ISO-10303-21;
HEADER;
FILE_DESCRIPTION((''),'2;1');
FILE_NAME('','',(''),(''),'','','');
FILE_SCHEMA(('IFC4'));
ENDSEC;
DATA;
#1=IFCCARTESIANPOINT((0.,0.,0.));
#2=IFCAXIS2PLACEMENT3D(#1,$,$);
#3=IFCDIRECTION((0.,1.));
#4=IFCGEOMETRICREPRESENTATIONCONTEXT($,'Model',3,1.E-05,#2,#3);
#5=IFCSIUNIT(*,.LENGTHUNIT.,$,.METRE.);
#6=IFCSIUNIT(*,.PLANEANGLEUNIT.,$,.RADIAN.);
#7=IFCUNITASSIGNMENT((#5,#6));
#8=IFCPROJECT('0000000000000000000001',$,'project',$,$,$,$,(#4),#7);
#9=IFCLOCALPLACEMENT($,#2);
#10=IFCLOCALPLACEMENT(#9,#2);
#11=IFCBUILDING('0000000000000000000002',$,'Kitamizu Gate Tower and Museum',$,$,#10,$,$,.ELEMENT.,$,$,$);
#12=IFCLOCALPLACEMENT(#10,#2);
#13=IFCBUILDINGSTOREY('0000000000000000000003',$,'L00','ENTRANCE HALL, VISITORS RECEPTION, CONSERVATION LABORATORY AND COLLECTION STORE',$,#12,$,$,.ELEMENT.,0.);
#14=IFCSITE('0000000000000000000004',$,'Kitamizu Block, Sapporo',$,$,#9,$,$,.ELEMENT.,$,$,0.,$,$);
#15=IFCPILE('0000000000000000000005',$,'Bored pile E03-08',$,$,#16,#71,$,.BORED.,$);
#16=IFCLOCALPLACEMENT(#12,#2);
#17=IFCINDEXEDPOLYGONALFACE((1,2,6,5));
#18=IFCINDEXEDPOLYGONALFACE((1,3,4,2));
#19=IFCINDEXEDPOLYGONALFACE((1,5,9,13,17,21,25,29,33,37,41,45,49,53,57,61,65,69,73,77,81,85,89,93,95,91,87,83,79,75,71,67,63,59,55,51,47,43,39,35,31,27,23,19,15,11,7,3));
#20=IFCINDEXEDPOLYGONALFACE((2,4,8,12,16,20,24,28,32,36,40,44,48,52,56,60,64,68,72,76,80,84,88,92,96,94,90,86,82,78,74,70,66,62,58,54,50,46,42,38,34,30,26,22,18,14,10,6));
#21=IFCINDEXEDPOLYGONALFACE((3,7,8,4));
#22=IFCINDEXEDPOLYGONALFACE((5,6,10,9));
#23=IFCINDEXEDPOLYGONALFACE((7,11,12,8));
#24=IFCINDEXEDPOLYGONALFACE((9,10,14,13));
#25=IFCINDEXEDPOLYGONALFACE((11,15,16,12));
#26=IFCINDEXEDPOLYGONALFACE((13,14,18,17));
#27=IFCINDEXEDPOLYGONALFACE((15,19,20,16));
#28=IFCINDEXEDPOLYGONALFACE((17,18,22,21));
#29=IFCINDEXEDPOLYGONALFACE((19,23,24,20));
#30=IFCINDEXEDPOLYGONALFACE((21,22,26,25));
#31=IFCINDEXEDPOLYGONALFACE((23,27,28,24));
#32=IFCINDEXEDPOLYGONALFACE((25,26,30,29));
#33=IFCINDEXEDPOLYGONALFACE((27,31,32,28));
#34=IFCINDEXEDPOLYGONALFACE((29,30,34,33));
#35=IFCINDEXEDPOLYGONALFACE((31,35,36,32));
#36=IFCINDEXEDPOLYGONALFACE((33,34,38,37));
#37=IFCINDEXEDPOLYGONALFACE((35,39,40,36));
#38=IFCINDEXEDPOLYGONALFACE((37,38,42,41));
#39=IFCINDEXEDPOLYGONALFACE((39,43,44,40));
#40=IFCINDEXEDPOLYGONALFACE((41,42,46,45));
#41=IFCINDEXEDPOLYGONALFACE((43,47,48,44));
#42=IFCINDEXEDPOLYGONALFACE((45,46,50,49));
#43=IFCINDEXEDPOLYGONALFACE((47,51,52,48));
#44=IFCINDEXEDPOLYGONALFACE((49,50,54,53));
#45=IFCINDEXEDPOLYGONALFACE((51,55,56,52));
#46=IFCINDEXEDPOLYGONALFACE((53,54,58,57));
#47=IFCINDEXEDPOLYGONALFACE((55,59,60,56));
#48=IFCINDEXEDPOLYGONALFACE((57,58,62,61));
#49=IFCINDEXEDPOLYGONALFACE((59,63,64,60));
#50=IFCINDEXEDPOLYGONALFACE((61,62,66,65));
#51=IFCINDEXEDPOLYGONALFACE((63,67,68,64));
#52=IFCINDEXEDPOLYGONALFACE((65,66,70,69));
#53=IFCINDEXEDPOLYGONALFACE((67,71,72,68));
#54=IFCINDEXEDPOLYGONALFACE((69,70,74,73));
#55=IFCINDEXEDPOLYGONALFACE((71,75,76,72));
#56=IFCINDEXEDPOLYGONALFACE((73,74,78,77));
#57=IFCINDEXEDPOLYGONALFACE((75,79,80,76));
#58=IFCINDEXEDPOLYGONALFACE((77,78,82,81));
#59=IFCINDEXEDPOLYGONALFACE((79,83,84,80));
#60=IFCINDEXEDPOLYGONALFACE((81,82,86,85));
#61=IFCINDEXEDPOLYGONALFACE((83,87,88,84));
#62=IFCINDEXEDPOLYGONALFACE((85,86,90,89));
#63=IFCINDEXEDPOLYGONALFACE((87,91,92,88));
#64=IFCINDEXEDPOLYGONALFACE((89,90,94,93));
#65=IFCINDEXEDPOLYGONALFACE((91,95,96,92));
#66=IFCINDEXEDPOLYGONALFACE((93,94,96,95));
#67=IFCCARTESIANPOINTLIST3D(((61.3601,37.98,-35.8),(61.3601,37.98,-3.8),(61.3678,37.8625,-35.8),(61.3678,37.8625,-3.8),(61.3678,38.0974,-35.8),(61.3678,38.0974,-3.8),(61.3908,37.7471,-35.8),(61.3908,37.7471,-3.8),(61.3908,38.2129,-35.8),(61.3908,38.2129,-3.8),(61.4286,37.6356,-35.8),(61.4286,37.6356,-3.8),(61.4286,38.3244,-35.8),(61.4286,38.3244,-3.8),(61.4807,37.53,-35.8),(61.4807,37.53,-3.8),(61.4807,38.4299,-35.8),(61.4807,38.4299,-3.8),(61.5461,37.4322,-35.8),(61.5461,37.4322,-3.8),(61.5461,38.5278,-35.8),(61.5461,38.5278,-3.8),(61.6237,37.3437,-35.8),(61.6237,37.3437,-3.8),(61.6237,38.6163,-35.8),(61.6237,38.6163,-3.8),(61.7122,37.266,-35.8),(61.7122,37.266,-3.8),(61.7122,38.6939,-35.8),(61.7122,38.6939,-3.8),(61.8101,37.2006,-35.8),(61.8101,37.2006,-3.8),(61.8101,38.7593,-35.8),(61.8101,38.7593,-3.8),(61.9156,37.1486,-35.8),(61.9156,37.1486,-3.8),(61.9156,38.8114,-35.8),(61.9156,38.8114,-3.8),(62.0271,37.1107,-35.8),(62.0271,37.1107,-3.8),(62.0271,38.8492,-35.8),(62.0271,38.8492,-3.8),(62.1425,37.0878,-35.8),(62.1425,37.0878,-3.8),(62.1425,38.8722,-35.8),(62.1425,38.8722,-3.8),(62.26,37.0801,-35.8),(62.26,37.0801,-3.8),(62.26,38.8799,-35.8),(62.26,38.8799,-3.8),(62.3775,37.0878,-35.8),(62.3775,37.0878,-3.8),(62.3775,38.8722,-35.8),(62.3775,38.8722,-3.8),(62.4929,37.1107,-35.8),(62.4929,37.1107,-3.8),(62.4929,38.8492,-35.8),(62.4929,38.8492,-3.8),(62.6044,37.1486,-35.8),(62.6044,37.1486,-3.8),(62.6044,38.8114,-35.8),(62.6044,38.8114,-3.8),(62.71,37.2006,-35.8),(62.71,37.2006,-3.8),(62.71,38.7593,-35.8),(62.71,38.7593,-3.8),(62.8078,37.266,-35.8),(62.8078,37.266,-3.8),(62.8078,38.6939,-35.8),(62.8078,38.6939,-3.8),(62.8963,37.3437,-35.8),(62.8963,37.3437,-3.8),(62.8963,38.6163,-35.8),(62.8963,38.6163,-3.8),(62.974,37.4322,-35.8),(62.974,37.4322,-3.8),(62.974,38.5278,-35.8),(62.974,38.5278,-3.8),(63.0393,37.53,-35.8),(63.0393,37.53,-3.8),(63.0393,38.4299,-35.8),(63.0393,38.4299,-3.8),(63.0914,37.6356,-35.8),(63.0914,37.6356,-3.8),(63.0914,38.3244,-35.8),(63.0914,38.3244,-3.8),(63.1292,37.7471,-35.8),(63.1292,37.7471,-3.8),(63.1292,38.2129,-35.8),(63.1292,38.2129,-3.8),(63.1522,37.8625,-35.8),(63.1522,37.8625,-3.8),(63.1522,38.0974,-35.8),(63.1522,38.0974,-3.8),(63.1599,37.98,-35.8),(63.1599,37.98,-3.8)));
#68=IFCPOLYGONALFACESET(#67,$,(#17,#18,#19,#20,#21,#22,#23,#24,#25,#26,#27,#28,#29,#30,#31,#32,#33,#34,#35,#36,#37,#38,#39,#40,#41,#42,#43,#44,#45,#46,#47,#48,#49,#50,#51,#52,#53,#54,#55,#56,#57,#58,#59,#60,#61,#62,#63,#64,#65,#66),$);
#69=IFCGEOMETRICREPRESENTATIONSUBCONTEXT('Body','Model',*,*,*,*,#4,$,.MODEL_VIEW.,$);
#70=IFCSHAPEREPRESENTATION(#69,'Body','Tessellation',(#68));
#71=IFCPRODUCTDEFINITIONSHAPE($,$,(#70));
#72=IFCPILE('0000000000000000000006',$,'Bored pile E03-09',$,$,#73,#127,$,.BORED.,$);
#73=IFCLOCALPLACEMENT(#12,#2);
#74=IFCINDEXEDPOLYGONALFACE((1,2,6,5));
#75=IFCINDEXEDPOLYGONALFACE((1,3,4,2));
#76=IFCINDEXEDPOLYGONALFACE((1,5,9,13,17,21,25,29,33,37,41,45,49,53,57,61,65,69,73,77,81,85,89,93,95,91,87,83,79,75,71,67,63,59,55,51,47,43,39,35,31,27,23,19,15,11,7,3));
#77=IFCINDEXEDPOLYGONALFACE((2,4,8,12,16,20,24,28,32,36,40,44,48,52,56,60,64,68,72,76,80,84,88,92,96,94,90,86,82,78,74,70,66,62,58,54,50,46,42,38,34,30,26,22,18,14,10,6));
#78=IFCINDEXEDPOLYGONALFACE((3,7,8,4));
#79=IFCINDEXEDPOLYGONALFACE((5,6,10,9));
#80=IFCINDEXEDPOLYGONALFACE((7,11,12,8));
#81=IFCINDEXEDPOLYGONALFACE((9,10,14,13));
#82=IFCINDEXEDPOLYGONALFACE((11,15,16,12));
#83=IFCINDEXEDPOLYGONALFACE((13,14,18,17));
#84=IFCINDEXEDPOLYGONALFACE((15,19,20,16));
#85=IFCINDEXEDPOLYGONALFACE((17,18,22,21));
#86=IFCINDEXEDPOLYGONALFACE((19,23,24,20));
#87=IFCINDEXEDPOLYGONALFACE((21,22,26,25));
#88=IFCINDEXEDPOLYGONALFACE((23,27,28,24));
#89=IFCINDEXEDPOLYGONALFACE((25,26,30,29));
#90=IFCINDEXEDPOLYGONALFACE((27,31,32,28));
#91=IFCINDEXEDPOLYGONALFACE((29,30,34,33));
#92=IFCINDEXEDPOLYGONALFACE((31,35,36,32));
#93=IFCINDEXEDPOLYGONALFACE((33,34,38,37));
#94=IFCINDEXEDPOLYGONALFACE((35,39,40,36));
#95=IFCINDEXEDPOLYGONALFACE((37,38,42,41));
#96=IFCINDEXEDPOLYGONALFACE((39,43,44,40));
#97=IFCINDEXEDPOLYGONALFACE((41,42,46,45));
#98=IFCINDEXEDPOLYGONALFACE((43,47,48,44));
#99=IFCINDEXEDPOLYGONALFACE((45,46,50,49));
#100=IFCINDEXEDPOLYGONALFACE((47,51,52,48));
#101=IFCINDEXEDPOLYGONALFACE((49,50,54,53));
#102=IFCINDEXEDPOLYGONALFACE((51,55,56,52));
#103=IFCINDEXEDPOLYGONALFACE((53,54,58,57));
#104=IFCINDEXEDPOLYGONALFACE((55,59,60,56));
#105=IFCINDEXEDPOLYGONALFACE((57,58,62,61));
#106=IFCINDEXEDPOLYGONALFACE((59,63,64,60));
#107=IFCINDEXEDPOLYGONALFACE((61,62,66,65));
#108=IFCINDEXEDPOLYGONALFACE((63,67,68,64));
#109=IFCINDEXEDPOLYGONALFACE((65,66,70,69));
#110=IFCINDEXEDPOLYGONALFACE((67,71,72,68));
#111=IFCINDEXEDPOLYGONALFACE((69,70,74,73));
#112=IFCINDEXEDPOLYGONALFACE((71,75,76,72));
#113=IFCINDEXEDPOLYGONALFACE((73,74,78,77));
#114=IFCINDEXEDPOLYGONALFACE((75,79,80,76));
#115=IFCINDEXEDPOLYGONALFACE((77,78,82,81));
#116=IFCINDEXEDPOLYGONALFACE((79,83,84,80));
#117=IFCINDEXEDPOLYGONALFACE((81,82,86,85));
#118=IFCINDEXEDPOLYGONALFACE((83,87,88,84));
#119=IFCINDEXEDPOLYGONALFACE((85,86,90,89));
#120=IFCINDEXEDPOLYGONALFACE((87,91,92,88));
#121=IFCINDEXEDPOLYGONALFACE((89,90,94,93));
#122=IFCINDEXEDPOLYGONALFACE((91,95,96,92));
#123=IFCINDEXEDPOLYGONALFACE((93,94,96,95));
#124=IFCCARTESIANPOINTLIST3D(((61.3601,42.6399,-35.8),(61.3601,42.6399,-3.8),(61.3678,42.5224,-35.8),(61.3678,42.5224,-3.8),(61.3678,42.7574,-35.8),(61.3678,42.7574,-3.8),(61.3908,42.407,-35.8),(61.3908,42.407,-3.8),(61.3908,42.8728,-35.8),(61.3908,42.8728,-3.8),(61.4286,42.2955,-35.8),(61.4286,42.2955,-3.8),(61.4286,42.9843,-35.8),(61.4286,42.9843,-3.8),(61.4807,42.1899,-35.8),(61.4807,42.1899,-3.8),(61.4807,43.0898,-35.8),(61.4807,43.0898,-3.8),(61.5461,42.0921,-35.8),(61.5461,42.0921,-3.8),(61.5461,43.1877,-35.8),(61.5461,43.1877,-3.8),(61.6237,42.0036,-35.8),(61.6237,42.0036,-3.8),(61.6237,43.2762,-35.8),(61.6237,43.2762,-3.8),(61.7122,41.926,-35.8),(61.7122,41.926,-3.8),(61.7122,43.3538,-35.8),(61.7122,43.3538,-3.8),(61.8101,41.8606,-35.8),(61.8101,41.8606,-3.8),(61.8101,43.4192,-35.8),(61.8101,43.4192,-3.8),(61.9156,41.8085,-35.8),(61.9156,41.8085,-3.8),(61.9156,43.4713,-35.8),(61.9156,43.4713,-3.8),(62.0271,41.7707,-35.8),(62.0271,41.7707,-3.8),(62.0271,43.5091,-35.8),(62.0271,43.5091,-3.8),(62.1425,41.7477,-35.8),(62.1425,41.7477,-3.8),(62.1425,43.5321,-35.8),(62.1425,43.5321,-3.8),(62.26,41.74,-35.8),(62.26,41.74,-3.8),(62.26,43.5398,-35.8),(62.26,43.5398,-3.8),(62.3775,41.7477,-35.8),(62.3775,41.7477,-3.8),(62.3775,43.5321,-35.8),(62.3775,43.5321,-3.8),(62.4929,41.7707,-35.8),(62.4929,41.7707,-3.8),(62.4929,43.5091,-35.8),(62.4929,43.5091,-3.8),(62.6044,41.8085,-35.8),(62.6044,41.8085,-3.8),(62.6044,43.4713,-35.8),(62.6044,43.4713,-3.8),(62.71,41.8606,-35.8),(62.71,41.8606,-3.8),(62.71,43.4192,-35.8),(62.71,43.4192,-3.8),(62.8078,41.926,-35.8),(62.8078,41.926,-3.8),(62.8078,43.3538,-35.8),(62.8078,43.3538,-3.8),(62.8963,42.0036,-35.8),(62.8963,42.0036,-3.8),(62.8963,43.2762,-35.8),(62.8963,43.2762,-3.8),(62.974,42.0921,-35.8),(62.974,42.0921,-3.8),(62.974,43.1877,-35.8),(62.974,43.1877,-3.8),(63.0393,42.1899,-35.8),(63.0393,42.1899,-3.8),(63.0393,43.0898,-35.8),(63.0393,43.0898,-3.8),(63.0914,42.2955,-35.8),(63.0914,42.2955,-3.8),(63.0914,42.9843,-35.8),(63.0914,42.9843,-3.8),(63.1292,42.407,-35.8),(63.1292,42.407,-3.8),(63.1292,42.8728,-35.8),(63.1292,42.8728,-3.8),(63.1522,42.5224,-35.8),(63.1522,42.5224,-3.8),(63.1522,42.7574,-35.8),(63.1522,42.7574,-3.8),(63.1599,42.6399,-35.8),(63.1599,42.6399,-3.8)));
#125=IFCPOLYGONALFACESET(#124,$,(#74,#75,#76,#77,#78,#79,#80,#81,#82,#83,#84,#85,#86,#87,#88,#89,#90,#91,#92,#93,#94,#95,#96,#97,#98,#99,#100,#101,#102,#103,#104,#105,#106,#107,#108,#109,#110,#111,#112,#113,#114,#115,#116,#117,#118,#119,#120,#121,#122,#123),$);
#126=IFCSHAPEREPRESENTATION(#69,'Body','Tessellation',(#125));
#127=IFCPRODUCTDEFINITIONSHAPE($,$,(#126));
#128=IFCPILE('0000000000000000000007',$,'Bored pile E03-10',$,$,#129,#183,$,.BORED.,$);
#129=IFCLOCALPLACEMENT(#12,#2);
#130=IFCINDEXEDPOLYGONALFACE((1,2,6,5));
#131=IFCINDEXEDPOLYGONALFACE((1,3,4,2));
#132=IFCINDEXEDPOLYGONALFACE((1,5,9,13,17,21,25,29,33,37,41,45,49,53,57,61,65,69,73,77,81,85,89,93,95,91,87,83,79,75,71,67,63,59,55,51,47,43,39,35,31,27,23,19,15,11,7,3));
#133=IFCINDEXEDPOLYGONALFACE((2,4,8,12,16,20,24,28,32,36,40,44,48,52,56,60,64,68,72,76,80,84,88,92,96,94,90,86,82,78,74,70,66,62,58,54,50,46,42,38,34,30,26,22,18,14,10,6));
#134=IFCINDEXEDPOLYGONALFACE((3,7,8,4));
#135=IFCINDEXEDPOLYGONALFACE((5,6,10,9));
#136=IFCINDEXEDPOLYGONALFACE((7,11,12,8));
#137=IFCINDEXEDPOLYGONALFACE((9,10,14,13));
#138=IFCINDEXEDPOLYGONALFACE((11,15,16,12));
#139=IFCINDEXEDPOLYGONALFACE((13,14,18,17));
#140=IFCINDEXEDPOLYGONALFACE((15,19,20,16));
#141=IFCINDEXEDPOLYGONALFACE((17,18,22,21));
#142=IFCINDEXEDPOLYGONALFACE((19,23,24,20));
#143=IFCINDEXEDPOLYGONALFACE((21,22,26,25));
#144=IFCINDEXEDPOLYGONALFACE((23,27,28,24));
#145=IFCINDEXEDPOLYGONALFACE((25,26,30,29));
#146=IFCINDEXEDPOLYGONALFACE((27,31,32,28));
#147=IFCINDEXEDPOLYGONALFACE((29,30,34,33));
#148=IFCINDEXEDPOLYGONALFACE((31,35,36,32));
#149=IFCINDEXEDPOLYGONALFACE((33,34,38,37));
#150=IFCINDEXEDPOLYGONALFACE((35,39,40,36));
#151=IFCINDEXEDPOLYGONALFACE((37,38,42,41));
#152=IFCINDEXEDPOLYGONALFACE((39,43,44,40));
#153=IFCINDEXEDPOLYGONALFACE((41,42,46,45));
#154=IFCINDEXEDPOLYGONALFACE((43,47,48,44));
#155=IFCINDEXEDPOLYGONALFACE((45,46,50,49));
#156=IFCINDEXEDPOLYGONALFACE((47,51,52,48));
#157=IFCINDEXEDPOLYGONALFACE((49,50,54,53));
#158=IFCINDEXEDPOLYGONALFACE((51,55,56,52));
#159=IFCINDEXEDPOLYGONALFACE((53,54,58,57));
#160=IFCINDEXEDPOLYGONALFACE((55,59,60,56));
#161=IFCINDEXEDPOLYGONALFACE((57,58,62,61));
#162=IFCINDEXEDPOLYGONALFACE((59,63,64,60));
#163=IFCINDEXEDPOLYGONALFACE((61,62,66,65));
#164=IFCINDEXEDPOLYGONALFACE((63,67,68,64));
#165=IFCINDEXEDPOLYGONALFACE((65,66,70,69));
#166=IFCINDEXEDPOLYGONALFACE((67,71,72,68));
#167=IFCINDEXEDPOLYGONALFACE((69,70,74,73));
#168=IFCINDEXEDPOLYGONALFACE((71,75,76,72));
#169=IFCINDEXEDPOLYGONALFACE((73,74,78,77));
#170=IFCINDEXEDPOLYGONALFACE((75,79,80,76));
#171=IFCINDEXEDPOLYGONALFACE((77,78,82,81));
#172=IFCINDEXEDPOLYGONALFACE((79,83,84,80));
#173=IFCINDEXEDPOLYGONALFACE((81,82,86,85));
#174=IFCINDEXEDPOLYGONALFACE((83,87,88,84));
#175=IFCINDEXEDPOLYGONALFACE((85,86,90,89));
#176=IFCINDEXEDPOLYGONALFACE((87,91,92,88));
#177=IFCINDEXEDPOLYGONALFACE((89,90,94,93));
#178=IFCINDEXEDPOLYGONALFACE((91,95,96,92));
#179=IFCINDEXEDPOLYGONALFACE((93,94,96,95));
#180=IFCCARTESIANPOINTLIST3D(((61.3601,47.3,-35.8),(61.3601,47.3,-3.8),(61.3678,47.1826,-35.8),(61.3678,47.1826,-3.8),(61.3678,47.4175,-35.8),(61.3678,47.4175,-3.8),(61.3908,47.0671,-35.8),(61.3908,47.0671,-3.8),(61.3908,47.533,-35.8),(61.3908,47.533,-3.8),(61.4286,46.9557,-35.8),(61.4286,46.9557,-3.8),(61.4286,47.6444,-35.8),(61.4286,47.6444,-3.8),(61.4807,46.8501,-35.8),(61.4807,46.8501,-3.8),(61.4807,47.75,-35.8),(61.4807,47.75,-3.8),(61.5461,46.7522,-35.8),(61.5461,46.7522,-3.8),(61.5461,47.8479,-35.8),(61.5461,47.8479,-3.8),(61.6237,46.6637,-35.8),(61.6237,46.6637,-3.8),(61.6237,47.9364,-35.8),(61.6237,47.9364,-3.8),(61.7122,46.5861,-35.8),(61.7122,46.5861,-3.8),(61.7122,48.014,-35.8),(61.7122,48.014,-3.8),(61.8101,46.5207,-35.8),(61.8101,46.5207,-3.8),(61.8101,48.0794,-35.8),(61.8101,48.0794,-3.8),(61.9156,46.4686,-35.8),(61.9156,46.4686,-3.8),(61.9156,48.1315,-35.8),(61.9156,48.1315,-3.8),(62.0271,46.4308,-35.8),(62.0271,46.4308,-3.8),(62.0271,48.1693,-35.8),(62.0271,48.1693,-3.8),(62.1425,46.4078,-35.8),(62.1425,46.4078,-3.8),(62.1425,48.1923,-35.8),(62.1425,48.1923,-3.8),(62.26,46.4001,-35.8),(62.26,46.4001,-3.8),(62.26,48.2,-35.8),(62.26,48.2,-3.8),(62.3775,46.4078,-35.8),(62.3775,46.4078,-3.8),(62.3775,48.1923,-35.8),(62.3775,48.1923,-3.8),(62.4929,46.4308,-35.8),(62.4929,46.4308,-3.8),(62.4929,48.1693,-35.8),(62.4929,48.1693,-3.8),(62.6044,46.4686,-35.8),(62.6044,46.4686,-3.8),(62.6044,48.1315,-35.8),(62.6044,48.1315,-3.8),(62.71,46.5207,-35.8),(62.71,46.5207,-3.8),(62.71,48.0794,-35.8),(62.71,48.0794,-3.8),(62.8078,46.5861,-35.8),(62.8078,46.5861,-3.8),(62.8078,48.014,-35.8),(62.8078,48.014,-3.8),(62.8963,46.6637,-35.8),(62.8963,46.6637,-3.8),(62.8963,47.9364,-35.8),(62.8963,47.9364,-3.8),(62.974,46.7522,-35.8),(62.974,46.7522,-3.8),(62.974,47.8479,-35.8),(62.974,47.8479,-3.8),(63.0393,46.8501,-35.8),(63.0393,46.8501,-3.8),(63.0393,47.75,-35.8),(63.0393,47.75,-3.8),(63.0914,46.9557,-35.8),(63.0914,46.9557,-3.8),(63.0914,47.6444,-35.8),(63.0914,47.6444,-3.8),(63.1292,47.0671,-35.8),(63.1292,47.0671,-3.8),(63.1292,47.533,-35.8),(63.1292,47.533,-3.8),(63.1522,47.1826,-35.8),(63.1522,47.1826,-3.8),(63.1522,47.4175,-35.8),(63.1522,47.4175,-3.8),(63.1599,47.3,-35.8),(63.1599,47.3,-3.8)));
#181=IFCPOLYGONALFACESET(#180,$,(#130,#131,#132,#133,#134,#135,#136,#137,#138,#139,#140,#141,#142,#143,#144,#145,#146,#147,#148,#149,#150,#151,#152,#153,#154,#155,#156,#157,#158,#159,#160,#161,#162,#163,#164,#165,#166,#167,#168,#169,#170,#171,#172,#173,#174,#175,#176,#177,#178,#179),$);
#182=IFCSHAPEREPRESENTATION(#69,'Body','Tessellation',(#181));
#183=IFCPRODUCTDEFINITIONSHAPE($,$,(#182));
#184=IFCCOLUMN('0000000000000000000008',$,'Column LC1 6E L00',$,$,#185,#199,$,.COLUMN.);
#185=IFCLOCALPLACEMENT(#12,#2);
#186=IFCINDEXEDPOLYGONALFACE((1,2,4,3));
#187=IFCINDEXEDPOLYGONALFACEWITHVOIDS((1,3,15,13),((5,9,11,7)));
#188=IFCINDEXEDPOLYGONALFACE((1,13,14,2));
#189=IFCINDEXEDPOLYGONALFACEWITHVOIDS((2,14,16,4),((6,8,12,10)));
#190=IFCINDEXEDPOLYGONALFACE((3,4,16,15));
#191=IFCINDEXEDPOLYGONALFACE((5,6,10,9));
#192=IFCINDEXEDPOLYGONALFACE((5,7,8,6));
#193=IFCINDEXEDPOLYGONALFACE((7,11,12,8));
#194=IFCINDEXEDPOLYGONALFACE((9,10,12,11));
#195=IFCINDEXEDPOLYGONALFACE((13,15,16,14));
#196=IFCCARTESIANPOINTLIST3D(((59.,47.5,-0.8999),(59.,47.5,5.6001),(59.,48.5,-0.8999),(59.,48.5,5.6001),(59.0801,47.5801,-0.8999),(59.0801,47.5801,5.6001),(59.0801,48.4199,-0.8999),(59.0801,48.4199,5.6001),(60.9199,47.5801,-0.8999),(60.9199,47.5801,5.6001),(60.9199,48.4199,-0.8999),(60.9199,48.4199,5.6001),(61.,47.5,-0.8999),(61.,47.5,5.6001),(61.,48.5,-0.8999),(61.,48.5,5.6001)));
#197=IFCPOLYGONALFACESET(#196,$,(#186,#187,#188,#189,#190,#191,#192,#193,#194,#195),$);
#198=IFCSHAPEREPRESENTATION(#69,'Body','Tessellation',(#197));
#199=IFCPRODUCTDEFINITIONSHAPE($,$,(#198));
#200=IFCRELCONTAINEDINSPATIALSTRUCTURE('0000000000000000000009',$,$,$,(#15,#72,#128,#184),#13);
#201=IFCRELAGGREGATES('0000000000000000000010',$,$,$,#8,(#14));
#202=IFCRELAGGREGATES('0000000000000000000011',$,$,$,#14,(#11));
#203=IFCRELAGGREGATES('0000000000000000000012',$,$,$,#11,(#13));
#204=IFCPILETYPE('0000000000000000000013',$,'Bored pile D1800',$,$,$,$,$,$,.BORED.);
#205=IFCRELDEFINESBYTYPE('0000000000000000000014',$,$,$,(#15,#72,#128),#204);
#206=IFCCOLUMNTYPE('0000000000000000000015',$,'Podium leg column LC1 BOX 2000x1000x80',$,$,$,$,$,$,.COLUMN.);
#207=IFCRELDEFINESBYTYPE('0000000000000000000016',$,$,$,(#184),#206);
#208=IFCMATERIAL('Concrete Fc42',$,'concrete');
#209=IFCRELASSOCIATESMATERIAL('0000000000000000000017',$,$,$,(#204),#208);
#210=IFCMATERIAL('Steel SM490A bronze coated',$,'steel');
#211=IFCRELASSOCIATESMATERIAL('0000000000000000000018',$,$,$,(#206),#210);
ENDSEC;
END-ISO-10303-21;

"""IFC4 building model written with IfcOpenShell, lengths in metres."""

from ifc_helpers import new_model, si_unit, direction, frame, origin, origin_2d, place, context, subcontext, project, spatial, hollow_rectangle, circle, extrude, material, material_profile, profile_set, type_object, element, save


model = new_model("IFC4")

# Units and contexts
model_context = context("Model", 3, precision=1e-05, world=origin(), true_north=direction((0.0, 1.0)))
body_context = subcontext(model_context, "Body", "Model", "MODEL_VIEW")
ifc_project = project(units=[si_unit("LENGTHUNIT", "METRE"), si_unit("PLANEANGLEUNIT", "RADIAN")], contexts=[model_context])

# Site, building, storey
site_placement = place(None, origin())
site = spatial("IfcSite", under=ifc_project, at=site_placement, Name="Kitamizu Block, Sapporo", CompositionType="ELEMENT", RefElevation=0.0)
building_placement = place(site_placement, origin())
building = spatial("IfcBuilding", under=site, at=building_placement, Name="Kitamizu Gate Tower and Museum", CompositionType="ELEMENT")
storey_placement = place(building_placement, origin())
storey = spatial("IfcBuildingStorey", under=building, at=storey_placement, Name="L00", Description="ENTRANCE HALL, VISITORS RECEPTION, CONSERVATION LABORATORY AND COLLECTION STORE", CompositionType="ELEMENT", Elevation=0.0)

# Piles
ifc_material_1 = material(Name="Concrete Fc42", Category="concrete")
ifc_material_profile_1 = material_profile(ifc_material_1, circle(Radius=0.8999, at=origin_2d()), Name="Bored pile D1800")
ifc_profile_set_1 = profile_set([ifc_material_profile_1], Name="Concrete Fc42")
pile_type = type_object("IfcPileType", Name="Bored pile D1800", PredefinedType="BORED", material=ifc_profile_set_1)
for number, where, z_axis, x_axis, name in (
    (1, (62.26, 37.98, -3.8), (0.0, 0.0, -1.0), (1.0, 0.0, 0.0), "Bored pile E03-08"),
    (2, (62.26, 42.6399, -3.8), (0.0, 0.0, -1.0), (1.0, 0.0, 0.0), "Bored pile E03-09"),
    (3, (62.26, 47.3, -3.8), (0.0, 0.0, -1.0), (1.0, 0.0, 0.0), "Bored pile E03-10"),
):
    element("IfcPile", number, at=place(storey_placement, frame(where, z_axis=z_axis, x_axis=x_axis)), inside=storey, type_object=pile_type, Name=name, PredefinedType="BORED", context=body_context, shape_type="SweptSolid", body=[
        extrude(circle(Radius=0.8999, at=origin_2d()), origin(), (0.0, 0.0, 1.0), 32.0),
    ])

# Column
ifc_material_2 = material(Name="Steel SM490A bronze coated", Category="steel")
ifc_material_profile_2 = material_profile(ifc_material_2, hollow_rectangle(XDim=2.0, YDim=1.0, WallThickness=0.0801, at=origin_2d()), Name="BOX 2000x1000x80")
ifc_profile_set_2 = profile_set([ifc_material_profile_2], Name="Steel SM490A bronze coated")
column_type = type_object("IfcColumnType", Name="Podium leg column LC1 BOX 2000x1000x80", PredefinedType="COLUMN", material=ifc_profile_set_2)
column_placement = place(storey_placement, frame((60.0, 48.0, -0.8999), z_axis=(0.0, 0.0, 1.0), x_axis=(1.0, 0.0, 0.0)))
element("IfcColumn", 4, at=column_placement, inside=storey, type_object=column_type, Name="Column LC1 6E L00", PredefinedType="COLUMN", context=body_context, shape_type="SweptSolid", body=[
    extrude(hollow_rectangle(XDim=2.0, YDim=1.0, WallThickness=0.0801, at=origin_2d()), origin(), (0.0, 0.0, 1.0), 6.5),
])

save(model, "model.ifc")
